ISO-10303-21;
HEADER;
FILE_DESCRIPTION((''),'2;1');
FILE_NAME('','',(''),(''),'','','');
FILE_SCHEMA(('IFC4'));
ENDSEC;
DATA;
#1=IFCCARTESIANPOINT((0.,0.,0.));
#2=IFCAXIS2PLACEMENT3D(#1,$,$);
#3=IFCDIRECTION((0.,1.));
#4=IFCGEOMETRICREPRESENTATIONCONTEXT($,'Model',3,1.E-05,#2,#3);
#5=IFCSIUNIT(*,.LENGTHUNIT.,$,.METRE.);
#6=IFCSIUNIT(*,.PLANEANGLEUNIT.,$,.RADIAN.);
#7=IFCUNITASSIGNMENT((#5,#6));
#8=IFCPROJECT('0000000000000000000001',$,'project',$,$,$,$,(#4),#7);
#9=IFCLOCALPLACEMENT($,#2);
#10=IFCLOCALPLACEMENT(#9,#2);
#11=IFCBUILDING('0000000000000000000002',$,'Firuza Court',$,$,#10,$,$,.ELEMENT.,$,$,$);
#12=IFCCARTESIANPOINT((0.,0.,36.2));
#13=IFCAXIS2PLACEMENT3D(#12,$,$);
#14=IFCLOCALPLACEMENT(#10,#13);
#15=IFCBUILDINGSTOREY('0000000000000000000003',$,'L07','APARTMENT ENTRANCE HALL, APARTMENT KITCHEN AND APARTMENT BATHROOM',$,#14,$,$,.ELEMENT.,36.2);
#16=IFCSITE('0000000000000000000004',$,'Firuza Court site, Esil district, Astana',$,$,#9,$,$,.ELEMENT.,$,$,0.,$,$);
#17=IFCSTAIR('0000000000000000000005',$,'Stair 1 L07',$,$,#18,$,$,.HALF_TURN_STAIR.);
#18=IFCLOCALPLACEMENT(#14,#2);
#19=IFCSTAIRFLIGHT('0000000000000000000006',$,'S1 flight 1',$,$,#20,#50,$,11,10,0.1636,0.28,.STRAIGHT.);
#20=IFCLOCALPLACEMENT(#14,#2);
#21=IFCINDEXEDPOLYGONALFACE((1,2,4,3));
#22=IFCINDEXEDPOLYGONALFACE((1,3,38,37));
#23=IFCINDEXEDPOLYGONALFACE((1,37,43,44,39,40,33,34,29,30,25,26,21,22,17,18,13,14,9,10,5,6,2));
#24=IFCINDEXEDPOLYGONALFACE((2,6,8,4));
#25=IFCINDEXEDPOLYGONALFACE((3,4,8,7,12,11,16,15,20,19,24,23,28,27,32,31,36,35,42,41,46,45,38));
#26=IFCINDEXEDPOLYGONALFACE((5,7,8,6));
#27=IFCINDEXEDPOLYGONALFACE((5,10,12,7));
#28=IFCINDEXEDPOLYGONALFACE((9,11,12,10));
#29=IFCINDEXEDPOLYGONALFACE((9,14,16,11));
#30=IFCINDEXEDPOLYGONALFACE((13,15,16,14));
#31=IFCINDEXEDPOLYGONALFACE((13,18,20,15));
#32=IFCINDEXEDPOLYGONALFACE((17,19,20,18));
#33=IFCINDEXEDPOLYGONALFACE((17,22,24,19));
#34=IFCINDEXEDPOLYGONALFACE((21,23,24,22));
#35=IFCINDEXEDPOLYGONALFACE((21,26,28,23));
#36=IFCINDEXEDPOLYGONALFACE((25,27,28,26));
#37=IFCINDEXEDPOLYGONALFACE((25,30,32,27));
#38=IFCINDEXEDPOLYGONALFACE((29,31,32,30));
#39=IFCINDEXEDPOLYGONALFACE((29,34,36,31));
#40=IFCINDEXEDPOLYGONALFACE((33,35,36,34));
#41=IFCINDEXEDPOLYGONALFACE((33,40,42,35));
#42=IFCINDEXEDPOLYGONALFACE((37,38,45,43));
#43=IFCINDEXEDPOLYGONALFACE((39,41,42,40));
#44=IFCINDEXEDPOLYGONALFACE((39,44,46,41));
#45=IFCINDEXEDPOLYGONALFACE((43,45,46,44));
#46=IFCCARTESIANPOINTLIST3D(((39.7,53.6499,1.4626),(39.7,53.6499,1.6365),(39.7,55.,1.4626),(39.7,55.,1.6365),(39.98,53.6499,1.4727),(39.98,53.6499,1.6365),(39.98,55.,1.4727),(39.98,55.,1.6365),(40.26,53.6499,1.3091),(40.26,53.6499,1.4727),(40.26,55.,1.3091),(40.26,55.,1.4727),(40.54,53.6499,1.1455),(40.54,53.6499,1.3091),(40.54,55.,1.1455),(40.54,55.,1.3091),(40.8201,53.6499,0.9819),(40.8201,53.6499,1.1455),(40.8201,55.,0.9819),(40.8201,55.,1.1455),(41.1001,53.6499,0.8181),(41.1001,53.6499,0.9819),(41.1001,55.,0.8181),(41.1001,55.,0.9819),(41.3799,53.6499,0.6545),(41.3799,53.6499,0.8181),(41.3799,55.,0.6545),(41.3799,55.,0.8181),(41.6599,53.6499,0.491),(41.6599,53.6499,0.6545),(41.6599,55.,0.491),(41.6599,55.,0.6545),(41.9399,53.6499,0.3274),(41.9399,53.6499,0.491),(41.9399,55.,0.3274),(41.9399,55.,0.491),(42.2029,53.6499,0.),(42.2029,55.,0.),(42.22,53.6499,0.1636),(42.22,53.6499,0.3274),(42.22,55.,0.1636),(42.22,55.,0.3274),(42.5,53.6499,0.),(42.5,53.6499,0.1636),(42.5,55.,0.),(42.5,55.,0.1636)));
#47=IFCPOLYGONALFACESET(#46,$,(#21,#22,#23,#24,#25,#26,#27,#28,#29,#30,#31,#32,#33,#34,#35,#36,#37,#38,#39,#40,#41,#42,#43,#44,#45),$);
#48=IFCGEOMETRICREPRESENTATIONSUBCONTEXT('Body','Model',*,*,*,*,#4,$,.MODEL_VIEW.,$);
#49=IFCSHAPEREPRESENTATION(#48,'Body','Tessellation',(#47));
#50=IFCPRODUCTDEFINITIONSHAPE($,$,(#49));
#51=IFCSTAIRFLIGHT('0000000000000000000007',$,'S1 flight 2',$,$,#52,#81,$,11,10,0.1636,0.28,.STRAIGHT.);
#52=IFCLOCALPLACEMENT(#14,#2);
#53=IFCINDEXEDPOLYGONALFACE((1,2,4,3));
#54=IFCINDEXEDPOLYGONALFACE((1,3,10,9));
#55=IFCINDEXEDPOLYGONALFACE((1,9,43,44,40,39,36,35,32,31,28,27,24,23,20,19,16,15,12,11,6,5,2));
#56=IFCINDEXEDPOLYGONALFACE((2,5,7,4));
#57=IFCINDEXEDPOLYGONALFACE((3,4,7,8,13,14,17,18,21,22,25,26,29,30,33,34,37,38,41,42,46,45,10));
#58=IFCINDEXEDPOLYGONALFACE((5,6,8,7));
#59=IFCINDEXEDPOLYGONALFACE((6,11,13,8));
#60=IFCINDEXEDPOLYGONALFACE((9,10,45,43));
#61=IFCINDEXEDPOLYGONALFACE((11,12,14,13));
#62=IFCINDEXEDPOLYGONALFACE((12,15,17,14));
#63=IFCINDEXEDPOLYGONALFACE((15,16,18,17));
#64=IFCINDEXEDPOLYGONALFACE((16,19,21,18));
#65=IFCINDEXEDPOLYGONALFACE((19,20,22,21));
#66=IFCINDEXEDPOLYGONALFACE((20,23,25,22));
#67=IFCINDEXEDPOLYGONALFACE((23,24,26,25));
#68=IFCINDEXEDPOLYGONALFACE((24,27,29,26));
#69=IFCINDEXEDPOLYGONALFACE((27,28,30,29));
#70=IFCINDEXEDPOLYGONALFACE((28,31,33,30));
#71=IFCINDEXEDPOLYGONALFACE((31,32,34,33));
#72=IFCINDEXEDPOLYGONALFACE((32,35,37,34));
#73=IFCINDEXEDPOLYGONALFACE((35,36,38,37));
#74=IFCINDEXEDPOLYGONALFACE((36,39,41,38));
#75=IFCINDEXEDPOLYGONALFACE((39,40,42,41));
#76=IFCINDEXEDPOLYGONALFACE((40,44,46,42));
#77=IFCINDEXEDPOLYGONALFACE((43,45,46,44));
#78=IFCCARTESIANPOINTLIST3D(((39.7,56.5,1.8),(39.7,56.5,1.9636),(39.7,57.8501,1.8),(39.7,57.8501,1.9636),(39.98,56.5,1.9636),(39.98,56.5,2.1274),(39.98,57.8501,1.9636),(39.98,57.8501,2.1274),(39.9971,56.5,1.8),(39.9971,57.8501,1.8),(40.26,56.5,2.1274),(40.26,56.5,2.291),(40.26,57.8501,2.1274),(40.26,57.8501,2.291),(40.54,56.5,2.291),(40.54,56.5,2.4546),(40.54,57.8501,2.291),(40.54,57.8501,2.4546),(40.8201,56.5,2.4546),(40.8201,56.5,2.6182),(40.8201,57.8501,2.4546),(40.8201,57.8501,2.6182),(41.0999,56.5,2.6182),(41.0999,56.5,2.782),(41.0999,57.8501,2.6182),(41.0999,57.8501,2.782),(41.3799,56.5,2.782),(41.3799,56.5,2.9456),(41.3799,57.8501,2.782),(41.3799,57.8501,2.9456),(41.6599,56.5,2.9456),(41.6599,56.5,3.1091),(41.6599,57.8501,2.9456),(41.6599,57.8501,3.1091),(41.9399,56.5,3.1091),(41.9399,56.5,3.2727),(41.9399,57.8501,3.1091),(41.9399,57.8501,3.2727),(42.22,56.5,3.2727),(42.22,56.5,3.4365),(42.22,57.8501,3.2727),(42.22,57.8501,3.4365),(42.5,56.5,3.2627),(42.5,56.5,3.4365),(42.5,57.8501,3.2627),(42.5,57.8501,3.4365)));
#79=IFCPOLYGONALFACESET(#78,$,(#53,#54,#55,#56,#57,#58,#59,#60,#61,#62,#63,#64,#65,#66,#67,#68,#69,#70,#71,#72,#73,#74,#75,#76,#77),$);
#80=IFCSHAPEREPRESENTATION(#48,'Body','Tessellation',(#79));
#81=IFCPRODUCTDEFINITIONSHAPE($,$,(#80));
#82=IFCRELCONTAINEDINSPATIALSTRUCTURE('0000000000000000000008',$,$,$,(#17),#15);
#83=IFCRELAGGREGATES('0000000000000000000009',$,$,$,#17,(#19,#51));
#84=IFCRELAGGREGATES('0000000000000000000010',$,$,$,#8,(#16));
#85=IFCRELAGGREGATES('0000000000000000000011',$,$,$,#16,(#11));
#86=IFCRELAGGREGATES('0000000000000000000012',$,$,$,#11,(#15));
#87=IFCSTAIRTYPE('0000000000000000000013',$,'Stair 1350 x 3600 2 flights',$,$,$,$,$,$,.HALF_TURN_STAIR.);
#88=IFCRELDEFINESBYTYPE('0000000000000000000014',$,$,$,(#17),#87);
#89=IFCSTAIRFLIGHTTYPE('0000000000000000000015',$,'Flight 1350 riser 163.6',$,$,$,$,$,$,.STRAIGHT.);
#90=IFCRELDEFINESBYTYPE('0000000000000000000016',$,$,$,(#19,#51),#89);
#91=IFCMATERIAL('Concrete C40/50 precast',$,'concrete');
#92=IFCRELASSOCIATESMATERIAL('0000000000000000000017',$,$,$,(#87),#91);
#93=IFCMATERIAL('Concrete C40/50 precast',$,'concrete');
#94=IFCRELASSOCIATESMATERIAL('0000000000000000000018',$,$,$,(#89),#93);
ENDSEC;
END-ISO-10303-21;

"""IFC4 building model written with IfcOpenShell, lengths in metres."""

from ifc_helpers import new_model, si_unit, direction, frame, origin, place, context, subcontext, project, spatial, polyline, outline, extrude, material, type_object, element, aggregate, save


model = new_model("IFC4")

# Units and contexts
model_context = context("Model", 3, precision=1e-05, world=origin(), true_north=direction((0.0, 1.0)))
body_context = subcontext(model_context, "Body", "Model", "MODEL_VIEW")
ifc_project = project(units=[si_unit("LENGTHUNIT", "METRE"), si_unit("PLANEANGLEUNIT", "RADIAN")], contexts=[model_context])

# Site, building, storey
site_placement = place(None, origin())
site = spatial("IfcSite", under=ifc_project, at=site_placement, Name="Firuza Court site, Esil district, Astana", CompositionType="ELEMENT", RefElevation=0.0)
building_placement = place(site_placement, origin())
building = spatial("IfcBuilding", under=site, at=building_placement, Name="Firuza Court", CompositionType="ELEMENT")
storey_placement = place(building_placement, frame((0.0, 0.0, 36.2)))
storey = spatial("IfcBuildingStorey", under=building, at=storey_placement, Name="L07", Description="APARTMENT ENTRANCE HALL, APARTMENT KITCHEN AND APARTMENT BATHROOM", CompositionType="ELEMENT", Elevation=36.2)

# Stair, stair flights
ifc_material_1 = material(Name="Concrete C40/50 precast", Category="concrete")
stair_type = type_object("IfcStairType", Name="Stair 1350 x 3600 2 flights", PredefinedType="HALF_TURN_STAIR", material=ifc_material_1)
stair_placement = place(storey_placement, origin())
stair = element("IfcStair", 1, at=stair_placement, inside=storey, type_object=stair_type, Name="Stair 1 L07", PredefinedType="HALF_TURN_STAIR")
ifc_material_2 = material(Name="Concrete C40/50 precast", Category="concrete")
stair_flight_type = type_object("IfcStairFlightType", Name="Flight 1350 riser 163.6", PredefinedType="STRAIGHT", material=ifc_material_2)
stair_flight_1_placement = place(storey_placement, frame((42.5, 54.325, 0.0), z_axis=(0.0, 0.0, 1.0), x_axis=(-1.0, 0.0, 0.0)))
stair_flight_1 = element("IfcStairFlight", 2, at=stair_flight_1_placement, type_object=stair_flight_type, Name="S1 flight 1", NumberOfRisers=11, NumberOfTreads=10, PredefinedType="STRAIGHT", RiserHeight=0.1636, TreadLength=0.28, context=body_context, shape_type="SweptSolid", body=[
    extrude(outline(polyline([(0.0, 0.0), (0.0, 0.1636), (0.28, 0.1636), (0.28, 0.3274), (0.5601, 0.3274), (0.5601, 0.491), (0.8401, 0.491), (0.8401, 0.6545), (1.1201, 0.6545), (1.1201, 0.8181), (1.3999, 0.8181), (1.3999, 0.9819), (1.6799, 0.9819), (1.6799, 1.1455), (1.96, 1.1455), (1.96, 1.3091), (2.24, 1.3091), (2.24, 1.4727), (2.52, 1.4727), (2.52, 1.6365), (2.8, 1.6365), (2.8, 1.8), (2.8, 1.4626), (0.2971, 0.0), (0.0, 0.0)])), frame((0.0, 0.675, 0.0), z_axis=(0.0, -1.0, 0.0), x_axis=(1.0, 0.0, 0.0)), (0.0, 0.0, 1.0), 1.3501),
])
stair_flight_2_placement = place(storey_placement, frame((39.7, 57.175, 1.8), z_axis=(0.0, 0.0, 1.0), x_axis=(1.0, 0.0, 0.0)))
stair_flight_2 = element("IfcStairFlight", 3, at=stair_flight_2_placement, type_object=stair_flight_type, Name="S1 flight 2", NumberOfRisers=11, NumberOfTreads=10, PredefinedType="STRAIGHT", RiserHeight=0.1636, TreadLength=0.28, context=body_context, shape_type="SweptSolid", body=[
    extrude(outline(polyline([(0.0, 0.0), (0.0, 0.1636), (0.28, 0.1636), (0.28, 0.3274), (0.5601, 0.3274), (0.5601, 0.491), (0.8401, 0.491), (0.8401, 0.6545), (1.1201, 0.6545), (1.1201, 0.8181), (1.3999, 0.8181), (1.3999, 0.9819), (1.6799, 0.9819), (1.6799, 1.1455), (1.96, 1.1455), (1.96, 1.3091), (2.24, 1.3091), (2.24, 1.4727), (2.52, 1.4727), (2.52, 1.6365), (2.8, 1.6365), (2.8, 1.8), (2.8, 1.4626), (0.2971, 0.0), (0.0, 0.0)])), frame((0.0, 0.675, 0.0), z_axis=(0.0, -1.0, 0.0), x_axis=(1.0, 0.0, 0.0)), (0.0, 0.0, 1.0), 1.3501),
])
aggregate(stair, [stair_flight_1, stair_flight_2])

save(model, "model.ifc")
